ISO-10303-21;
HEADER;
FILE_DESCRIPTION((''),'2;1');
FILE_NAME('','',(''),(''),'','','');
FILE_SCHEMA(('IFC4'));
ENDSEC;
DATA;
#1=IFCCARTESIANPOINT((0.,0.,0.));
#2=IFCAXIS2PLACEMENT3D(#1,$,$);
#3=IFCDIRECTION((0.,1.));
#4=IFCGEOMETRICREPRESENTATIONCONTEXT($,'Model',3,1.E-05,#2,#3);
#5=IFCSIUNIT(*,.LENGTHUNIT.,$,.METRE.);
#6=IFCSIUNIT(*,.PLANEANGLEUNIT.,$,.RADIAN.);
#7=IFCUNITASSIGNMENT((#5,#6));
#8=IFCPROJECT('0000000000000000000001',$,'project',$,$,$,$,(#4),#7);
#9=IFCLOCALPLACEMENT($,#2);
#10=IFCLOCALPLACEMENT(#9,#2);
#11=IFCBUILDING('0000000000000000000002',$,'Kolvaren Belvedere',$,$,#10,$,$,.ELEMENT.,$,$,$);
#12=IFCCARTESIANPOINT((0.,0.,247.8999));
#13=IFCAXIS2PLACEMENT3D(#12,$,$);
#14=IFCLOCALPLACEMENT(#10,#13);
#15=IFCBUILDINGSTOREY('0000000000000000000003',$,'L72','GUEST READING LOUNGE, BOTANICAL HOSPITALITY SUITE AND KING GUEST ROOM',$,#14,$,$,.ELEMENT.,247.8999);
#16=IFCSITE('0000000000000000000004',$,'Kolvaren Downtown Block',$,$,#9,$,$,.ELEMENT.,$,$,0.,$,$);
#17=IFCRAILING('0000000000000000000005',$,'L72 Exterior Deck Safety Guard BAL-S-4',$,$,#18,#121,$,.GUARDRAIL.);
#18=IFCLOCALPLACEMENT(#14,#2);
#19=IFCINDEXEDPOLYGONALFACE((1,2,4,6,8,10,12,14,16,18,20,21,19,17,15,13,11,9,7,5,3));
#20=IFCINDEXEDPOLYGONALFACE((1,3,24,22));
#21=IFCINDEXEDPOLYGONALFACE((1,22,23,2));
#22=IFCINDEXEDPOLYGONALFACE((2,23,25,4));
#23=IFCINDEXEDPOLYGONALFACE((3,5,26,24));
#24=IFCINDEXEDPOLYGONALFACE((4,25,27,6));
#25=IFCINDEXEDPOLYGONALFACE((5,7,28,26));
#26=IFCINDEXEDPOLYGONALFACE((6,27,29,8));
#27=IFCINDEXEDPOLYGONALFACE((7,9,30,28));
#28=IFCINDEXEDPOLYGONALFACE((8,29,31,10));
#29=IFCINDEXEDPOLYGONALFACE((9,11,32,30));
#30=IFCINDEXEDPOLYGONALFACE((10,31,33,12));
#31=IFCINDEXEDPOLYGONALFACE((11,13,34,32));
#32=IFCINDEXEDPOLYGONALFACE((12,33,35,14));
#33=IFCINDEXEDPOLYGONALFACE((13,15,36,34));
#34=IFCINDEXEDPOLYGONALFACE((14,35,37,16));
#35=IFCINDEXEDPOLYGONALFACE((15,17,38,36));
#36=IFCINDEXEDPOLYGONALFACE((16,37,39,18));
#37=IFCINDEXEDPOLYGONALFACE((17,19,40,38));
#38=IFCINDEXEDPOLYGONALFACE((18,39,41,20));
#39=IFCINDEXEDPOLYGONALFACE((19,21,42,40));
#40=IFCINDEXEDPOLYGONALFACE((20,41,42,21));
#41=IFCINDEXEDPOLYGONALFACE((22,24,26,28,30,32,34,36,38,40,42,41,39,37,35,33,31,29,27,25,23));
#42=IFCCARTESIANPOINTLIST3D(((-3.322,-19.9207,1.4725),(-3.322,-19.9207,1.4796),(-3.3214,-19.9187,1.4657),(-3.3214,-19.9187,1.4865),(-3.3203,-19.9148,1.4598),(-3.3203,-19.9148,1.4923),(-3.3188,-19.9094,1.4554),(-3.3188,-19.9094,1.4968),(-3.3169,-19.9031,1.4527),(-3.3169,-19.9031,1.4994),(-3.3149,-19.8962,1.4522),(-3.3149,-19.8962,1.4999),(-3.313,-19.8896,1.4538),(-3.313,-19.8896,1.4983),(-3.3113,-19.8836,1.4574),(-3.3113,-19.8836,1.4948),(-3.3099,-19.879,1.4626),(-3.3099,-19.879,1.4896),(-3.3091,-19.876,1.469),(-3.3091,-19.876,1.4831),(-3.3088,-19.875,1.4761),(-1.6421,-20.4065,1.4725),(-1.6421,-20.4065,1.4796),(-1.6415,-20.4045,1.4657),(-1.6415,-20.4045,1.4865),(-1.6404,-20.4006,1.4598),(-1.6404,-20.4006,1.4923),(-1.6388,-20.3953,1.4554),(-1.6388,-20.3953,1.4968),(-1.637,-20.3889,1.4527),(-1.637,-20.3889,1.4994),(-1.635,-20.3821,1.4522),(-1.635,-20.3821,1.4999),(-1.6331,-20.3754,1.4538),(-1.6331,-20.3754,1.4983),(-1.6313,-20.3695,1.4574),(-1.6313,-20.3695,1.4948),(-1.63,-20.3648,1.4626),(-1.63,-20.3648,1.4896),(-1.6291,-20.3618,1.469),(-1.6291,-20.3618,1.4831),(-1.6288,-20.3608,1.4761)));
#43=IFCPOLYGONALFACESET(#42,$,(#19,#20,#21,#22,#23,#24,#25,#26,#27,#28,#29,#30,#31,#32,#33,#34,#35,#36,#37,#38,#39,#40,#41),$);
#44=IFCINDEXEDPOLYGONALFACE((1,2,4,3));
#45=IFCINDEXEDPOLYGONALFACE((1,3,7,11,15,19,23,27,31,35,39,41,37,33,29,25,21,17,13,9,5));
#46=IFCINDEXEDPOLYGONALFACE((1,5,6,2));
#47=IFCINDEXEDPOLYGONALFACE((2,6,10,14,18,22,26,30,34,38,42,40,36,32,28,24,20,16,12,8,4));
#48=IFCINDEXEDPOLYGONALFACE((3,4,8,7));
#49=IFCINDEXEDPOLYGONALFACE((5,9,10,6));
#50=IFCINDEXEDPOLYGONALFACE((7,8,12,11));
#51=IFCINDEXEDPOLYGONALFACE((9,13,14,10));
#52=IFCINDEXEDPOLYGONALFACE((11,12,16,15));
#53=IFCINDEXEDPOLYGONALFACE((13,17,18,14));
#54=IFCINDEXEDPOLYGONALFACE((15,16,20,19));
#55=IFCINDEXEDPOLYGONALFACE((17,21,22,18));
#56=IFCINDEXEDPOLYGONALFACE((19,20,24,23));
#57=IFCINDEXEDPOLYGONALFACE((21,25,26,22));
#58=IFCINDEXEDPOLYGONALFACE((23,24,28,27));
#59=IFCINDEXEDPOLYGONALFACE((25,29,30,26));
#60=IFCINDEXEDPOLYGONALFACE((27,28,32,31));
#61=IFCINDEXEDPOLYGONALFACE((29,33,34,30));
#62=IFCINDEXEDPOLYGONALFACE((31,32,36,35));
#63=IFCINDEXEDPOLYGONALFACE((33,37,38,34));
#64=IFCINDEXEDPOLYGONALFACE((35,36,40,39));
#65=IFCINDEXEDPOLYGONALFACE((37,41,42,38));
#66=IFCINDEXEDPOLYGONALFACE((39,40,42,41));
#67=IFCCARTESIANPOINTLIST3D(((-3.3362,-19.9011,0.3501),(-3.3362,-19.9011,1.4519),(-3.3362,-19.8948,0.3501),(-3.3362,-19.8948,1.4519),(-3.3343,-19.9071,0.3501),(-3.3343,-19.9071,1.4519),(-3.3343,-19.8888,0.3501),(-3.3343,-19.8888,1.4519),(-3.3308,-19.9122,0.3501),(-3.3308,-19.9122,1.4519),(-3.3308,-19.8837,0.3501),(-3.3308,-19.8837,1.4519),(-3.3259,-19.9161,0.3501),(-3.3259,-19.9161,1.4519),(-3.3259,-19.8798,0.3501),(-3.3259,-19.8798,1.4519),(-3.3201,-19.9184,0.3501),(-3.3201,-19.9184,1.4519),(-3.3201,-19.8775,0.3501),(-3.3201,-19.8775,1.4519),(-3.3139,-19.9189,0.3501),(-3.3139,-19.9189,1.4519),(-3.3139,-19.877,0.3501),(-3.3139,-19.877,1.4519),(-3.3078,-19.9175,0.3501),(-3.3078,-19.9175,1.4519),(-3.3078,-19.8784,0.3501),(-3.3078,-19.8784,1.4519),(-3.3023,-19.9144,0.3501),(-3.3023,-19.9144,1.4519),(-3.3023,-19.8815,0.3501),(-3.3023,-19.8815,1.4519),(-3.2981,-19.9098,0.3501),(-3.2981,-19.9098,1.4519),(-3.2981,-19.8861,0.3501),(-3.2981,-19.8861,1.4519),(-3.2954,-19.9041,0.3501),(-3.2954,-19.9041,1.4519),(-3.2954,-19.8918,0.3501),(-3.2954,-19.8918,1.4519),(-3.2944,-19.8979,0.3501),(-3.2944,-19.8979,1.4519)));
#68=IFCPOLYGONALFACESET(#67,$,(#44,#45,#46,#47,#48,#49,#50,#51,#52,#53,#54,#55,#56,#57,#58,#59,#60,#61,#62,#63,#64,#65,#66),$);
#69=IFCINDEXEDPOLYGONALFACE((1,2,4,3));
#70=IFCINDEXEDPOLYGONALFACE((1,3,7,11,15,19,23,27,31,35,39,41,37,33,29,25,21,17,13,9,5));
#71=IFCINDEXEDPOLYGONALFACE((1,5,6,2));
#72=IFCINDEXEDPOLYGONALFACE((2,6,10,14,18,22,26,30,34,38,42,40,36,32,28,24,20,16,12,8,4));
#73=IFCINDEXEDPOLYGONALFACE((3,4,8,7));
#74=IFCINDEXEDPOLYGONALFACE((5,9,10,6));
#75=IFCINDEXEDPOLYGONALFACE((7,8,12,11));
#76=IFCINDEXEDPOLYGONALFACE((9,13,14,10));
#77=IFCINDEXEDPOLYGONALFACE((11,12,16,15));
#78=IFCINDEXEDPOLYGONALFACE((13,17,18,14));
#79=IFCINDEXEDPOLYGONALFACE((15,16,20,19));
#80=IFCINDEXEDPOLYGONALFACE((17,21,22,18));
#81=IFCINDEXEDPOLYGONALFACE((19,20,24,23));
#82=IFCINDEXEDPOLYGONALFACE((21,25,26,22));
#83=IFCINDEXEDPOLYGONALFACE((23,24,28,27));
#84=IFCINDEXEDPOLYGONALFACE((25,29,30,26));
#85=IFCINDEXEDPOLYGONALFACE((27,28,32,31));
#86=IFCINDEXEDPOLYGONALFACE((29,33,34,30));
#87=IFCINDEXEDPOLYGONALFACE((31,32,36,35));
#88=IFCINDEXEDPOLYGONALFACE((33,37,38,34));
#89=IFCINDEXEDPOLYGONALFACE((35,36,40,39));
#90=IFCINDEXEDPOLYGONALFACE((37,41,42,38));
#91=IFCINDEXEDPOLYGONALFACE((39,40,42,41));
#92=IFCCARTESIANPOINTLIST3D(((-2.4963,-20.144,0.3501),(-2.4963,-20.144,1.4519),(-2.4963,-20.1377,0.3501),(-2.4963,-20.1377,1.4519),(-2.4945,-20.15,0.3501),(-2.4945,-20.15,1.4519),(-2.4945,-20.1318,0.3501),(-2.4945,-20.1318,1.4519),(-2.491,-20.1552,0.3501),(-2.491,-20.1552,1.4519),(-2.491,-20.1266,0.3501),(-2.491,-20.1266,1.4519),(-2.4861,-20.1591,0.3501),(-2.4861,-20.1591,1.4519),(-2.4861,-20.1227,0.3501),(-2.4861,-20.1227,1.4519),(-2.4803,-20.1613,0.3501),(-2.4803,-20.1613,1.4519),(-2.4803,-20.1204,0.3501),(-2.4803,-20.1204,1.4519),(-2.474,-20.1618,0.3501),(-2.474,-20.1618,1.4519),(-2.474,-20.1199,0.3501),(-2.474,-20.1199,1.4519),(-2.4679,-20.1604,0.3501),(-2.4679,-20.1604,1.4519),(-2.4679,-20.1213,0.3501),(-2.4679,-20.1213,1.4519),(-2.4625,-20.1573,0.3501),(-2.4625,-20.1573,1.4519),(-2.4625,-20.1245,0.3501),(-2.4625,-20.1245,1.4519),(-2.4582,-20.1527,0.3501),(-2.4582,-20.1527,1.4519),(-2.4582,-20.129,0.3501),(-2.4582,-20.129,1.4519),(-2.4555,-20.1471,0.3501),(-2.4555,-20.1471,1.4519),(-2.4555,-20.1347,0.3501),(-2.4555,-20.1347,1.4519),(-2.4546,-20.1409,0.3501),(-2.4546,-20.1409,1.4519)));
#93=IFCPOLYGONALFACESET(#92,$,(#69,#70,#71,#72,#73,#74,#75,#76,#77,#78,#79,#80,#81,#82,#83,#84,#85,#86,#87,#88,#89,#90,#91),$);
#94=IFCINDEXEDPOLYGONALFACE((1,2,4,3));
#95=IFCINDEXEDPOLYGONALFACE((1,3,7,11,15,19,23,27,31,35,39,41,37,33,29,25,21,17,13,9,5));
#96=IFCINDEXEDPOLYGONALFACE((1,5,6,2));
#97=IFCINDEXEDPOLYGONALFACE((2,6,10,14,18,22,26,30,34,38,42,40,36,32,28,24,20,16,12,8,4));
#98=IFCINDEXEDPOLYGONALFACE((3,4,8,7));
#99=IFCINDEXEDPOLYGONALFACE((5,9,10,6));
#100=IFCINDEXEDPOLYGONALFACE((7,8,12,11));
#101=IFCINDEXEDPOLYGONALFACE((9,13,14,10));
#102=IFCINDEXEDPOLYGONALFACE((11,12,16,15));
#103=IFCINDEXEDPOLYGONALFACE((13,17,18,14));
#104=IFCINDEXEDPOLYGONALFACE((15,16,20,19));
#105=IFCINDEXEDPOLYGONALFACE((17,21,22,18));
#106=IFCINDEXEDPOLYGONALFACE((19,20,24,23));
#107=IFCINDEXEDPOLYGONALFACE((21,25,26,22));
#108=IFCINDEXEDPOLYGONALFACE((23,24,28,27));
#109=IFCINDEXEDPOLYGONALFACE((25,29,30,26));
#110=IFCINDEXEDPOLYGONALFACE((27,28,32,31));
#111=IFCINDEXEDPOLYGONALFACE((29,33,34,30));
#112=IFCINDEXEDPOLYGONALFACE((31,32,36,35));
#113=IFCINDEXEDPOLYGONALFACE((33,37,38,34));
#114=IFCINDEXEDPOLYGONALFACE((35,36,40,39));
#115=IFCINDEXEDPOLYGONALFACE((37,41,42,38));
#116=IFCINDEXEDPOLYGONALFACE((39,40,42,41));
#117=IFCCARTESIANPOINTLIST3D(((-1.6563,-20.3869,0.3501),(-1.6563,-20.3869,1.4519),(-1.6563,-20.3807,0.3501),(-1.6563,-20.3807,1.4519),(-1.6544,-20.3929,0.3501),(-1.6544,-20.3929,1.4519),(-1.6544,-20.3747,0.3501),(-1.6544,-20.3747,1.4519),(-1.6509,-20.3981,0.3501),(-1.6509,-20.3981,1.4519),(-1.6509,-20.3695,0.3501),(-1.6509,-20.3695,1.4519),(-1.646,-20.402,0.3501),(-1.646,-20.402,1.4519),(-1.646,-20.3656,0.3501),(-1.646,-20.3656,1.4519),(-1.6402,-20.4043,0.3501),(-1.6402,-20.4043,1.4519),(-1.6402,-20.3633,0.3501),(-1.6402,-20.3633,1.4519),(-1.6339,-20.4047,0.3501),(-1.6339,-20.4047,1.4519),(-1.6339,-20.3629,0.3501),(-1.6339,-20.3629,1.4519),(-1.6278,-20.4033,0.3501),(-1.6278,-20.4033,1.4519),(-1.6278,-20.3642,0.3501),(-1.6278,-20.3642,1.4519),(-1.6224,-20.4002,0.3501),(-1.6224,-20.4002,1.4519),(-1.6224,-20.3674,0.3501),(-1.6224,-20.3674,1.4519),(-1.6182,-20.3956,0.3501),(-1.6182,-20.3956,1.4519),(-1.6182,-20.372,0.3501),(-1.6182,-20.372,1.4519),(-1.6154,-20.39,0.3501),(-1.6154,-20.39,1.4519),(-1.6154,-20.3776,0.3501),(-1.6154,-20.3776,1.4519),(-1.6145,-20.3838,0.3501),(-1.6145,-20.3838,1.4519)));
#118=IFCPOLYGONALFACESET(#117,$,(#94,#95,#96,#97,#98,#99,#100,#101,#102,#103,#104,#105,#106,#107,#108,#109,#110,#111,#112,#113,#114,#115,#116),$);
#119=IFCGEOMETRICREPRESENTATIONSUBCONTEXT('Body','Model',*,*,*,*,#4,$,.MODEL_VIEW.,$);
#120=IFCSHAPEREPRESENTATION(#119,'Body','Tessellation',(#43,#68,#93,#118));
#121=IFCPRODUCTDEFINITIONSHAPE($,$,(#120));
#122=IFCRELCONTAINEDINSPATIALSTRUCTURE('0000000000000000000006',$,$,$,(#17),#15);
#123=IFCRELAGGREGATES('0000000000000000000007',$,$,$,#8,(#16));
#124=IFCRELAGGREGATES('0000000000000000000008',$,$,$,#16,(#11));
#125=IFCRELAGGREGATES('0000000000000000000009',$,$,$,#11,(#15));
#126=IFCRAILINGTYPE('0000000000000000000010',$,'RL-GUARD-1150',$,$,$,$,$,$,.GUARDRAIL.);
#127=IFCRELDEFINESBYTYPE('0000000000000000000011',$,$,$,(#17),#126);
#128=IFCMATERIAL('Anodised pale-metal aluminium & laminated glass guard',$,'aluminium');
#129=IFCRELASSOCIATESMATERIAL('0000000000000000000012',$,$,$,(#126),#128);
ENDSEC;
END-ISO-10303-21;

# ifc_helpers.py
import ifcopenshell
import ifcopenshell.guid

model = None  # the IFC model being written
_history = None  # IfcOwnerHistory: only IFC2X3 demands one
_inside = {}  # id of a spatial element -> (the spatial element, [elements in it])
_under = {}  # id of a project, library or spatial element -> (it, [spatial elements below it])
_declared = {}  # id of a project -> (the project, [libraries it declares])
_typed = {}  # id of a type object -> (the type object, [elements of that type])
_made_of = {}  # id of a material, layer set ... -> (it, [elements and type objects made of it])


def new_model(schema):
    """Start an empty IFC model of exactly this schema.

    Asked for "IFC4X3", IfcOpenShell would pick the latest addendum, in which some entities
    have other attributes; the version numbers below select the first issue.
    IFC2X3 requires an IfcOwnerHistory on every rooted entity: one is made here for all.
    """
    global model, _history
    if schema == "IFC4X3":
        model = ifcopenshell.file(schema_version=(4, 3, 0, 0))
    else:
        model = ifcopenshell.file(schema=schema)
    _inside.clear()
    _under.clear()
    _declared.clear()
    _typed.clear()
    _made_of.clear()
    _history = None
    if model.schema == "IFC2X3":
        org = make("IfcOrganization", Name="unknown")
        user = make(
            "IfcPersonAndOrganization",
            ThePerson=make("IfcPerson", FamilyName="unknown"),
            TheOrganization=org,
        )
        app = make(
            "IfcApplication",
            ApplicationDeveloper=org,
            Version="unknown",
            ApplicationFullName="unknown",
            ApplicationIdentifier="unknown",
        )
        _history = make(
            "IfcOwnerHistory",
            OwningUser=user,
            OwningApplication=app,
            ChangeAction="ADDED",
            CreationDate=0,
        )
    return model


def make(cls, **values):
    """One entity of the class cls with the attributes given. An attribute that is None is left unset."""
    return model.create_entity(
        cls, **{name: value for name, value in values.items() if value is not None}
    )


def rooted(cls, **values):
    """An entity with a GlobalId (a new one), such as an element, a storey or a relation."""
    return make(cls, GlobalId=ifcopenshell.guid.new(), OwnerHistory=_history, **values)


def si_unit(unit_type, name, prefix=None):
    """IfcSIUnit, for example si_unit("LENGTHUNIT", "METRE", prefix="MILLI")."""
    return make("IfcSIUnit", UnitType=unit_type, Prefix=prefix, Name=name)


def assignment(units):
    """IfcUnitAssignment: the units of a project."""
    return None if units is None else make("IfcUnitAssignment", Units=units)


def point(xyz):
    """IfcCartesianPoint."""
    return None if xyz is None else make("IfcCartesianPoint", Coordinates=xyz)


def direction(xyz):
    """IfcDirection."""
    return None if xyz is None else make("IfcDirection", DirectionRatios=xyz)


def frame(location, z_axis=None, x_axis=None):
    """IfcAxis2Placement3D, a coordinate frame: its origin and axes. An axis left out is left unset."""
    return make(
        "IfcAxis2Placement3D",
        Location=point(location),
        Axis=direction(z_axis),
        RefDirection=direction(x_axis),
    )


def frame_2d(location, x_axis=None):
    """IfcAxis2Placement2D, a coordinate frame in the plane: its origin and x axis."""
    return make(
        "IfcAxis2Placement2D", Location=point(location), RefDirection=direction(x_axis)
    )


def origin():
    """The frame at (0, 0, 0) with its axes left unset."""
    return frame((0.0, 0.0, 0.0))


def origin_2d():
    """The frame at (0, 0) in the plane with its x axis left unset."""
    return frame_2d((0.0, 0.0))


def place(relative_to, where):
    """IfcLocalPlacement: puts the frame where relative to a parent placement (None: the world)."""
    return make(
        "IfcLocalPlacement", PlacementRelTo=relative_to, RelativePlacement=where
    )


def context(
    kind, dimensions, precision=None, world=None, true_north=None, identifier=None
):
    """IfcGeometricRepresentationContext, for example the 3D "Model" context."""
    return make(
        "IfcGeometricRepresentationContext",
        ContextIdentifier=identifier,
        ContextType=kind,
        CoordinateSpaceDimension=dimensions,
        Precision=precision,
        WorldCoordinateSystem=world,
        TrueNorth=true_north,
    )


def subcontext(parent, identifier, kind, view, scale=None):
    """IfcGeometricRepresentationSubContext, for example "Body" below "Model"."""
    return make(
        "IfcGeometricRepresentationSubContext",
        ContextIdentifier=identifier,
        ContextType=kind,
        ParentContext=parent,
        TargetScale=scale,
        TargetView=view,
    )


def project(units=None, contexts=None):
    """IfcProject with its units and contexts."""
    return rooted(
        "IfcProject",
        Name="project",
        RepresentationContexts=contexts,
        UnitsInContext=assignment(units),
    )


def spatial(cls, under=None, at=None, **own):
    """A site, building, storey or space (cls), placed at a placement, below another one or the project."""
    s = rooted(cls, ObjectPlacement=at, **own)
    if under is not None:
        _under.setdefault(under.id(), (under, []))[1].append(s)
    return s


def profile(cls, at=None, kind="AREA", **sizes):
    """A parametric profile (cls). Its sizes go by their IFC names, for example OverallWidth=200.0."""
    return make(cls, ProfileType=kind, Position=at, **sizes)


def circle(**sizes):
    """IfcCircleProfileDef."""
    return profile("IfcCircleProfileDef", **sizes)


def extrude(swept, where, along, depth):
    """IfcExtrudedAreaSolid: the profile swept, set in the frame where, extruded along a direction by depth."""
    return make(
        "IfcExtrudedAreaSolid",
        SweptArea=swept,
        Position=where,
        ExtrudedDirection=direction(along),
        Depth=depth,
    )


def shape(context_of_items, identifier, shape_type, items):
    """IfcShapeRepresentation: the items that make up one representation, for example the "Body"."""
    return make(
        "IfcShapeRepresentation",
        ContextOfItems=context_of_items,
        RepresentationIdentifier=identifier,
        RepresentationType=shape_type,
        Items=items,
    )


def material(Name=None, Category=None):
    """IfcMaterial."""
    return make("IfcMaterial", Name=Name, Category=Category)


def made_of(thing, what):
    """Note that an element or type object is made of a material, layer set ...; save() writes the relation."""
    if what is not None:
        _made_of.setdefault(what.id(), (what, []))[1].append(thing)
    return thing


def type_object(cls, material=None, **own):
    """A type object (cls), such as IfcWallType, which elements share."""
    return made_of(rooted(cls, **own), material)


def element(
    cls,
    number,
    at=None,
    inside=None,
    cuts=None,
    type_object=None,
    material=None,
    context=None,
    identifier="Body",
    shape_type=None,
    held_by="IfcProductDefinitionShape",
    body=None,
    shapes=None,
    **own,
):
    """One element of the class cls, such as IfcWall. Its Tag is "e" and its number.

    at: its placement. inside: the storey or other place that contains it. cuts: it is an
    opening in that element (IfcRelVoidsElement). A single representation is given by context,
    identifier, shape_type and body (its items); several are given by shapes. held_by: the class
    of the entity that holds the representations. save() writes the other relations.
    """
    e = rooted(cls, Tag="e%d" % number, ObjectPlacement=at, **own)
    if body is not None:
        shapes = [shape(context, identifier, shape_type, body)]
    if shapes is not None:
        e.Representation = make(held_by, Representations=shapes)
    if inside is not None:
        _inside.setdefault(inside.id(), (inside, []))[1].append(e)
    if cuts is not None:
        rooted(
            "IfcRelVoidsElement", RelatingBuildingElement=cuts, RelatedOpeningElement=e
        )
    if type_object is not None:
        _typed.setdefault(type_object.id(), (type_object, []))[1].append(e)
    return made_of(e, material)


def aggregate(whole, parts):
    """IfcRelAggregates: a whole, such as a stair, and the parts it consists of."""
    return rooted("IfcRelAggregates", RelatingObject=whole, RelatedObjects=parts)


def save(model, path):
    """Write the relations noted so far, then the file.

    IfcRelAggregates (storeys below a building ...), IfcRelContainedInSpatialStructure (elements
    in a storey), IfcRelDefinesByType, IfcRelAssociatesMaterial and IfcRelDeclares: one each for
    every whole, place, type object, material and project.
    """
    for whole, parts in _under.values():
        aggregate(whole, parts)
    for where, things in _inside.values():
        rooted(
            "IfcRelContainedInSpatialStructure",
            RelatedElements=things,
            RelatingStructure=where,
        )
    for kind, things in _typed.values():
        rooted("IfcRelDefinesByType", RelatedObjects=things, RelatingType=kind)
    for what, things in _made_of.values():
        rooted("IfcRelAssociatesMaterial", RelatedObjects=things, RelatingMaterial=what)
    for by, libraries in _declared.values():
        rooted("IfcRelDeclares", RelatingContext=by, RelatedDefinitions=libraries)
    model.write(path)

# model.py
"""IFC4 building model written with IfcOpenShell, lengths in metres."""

from ifc_helpers import new_model, si_unit, direction, frame, origin, origin_2d, place, context, subcontext, project, spatial, circle, extrude, material, type_object, element, save


model = new_model("IFC4")

# Units and contexts
model_context = context("Model", 3, precision=1e-05, world=origin(), true_north=direction((0.0, 1.0)))
body_context = subcontext(model_context, "Body", "Model", "MODEL_VIEW")
ifc_project = project(units=[si_unit("LENGTHUNIT", "METRE"), si_unit("PLANEANGLEUNIT", "RADIAN")], contexts=[model_context])

# Site, building, storey
site_placement = place(None, origin())
site = spatial("IfcSite", under=ifc_project, at=site_placement, Name="Kolvaren Downtown Block", CompositionType="ELEMENT", RefElevation=0.0)
building_placement = place(site_placement, origin())
building = spatial("IfcBuilding", under=site, at=building_placement, Name="Kolvaren Belvedere", CompositionType="ELEMENT")
storey_placement = place(building_placement, frame((0.0, 0.0, 247.8999)))
storey = spatial("IfcBuildingStorey", under=building, at=storey_placement, Name="L72", Description="GUEST READING LOUNGE, BOTANICAL HOSPITALITY SUITE AND KING GUEST ROOM", CompositionType="ELEMENT", Elevation=247.8999)

# Railing
ifc_material_1 = material(Name="Anodised pale-metal aluminium & laminated glass guard", Category="aluminium")
railing_type = type_object("IfcRailingType", Name="RL-GUARD-1150", PredefinedType="GUARDRAIL", material=ifc_material_1)
railing_1_placement = place(storey_placement, frame((-3.3154, -19.8979, 0.3501)))
element("IfcRailing", 1, at=railing_1_placement, inside=storey, type_object=railing_type, Name="L72 Exterior Deck Safety Guard BAL-S-4", PredefinedType="GUARDRAIL", context=body_context, shape_type="SweptSolid", body=[
    extrude(circle(Radius=0.0239, at=origin_2d()), frame((0.0, 0.0, 1.126), z_axis=(0.960634, -0.277817, 0.0), x_axis=(0.277817, 0.960634, 0.0)), (0.0, 0.0, 1.0), 1.7488),
    extrude(circle(Radius=0.021, at=origin_2d()), origin(), (0.0, 0.0, 1.0), 1.1018),
    extrude(circle(Radius=0.021, at=origin_2d()), frame((0.8398, -0.2429, 0.0)), (0.0, 0.0, 1.0), 1.1018),
    extrude(circle(Radius=0.021, at=origin_2d()), frame((1.6799, -0.4858, 0.0)), (0.0, 0.0, 1.0), 1.1018),
])

save(model, "model.ifc")
